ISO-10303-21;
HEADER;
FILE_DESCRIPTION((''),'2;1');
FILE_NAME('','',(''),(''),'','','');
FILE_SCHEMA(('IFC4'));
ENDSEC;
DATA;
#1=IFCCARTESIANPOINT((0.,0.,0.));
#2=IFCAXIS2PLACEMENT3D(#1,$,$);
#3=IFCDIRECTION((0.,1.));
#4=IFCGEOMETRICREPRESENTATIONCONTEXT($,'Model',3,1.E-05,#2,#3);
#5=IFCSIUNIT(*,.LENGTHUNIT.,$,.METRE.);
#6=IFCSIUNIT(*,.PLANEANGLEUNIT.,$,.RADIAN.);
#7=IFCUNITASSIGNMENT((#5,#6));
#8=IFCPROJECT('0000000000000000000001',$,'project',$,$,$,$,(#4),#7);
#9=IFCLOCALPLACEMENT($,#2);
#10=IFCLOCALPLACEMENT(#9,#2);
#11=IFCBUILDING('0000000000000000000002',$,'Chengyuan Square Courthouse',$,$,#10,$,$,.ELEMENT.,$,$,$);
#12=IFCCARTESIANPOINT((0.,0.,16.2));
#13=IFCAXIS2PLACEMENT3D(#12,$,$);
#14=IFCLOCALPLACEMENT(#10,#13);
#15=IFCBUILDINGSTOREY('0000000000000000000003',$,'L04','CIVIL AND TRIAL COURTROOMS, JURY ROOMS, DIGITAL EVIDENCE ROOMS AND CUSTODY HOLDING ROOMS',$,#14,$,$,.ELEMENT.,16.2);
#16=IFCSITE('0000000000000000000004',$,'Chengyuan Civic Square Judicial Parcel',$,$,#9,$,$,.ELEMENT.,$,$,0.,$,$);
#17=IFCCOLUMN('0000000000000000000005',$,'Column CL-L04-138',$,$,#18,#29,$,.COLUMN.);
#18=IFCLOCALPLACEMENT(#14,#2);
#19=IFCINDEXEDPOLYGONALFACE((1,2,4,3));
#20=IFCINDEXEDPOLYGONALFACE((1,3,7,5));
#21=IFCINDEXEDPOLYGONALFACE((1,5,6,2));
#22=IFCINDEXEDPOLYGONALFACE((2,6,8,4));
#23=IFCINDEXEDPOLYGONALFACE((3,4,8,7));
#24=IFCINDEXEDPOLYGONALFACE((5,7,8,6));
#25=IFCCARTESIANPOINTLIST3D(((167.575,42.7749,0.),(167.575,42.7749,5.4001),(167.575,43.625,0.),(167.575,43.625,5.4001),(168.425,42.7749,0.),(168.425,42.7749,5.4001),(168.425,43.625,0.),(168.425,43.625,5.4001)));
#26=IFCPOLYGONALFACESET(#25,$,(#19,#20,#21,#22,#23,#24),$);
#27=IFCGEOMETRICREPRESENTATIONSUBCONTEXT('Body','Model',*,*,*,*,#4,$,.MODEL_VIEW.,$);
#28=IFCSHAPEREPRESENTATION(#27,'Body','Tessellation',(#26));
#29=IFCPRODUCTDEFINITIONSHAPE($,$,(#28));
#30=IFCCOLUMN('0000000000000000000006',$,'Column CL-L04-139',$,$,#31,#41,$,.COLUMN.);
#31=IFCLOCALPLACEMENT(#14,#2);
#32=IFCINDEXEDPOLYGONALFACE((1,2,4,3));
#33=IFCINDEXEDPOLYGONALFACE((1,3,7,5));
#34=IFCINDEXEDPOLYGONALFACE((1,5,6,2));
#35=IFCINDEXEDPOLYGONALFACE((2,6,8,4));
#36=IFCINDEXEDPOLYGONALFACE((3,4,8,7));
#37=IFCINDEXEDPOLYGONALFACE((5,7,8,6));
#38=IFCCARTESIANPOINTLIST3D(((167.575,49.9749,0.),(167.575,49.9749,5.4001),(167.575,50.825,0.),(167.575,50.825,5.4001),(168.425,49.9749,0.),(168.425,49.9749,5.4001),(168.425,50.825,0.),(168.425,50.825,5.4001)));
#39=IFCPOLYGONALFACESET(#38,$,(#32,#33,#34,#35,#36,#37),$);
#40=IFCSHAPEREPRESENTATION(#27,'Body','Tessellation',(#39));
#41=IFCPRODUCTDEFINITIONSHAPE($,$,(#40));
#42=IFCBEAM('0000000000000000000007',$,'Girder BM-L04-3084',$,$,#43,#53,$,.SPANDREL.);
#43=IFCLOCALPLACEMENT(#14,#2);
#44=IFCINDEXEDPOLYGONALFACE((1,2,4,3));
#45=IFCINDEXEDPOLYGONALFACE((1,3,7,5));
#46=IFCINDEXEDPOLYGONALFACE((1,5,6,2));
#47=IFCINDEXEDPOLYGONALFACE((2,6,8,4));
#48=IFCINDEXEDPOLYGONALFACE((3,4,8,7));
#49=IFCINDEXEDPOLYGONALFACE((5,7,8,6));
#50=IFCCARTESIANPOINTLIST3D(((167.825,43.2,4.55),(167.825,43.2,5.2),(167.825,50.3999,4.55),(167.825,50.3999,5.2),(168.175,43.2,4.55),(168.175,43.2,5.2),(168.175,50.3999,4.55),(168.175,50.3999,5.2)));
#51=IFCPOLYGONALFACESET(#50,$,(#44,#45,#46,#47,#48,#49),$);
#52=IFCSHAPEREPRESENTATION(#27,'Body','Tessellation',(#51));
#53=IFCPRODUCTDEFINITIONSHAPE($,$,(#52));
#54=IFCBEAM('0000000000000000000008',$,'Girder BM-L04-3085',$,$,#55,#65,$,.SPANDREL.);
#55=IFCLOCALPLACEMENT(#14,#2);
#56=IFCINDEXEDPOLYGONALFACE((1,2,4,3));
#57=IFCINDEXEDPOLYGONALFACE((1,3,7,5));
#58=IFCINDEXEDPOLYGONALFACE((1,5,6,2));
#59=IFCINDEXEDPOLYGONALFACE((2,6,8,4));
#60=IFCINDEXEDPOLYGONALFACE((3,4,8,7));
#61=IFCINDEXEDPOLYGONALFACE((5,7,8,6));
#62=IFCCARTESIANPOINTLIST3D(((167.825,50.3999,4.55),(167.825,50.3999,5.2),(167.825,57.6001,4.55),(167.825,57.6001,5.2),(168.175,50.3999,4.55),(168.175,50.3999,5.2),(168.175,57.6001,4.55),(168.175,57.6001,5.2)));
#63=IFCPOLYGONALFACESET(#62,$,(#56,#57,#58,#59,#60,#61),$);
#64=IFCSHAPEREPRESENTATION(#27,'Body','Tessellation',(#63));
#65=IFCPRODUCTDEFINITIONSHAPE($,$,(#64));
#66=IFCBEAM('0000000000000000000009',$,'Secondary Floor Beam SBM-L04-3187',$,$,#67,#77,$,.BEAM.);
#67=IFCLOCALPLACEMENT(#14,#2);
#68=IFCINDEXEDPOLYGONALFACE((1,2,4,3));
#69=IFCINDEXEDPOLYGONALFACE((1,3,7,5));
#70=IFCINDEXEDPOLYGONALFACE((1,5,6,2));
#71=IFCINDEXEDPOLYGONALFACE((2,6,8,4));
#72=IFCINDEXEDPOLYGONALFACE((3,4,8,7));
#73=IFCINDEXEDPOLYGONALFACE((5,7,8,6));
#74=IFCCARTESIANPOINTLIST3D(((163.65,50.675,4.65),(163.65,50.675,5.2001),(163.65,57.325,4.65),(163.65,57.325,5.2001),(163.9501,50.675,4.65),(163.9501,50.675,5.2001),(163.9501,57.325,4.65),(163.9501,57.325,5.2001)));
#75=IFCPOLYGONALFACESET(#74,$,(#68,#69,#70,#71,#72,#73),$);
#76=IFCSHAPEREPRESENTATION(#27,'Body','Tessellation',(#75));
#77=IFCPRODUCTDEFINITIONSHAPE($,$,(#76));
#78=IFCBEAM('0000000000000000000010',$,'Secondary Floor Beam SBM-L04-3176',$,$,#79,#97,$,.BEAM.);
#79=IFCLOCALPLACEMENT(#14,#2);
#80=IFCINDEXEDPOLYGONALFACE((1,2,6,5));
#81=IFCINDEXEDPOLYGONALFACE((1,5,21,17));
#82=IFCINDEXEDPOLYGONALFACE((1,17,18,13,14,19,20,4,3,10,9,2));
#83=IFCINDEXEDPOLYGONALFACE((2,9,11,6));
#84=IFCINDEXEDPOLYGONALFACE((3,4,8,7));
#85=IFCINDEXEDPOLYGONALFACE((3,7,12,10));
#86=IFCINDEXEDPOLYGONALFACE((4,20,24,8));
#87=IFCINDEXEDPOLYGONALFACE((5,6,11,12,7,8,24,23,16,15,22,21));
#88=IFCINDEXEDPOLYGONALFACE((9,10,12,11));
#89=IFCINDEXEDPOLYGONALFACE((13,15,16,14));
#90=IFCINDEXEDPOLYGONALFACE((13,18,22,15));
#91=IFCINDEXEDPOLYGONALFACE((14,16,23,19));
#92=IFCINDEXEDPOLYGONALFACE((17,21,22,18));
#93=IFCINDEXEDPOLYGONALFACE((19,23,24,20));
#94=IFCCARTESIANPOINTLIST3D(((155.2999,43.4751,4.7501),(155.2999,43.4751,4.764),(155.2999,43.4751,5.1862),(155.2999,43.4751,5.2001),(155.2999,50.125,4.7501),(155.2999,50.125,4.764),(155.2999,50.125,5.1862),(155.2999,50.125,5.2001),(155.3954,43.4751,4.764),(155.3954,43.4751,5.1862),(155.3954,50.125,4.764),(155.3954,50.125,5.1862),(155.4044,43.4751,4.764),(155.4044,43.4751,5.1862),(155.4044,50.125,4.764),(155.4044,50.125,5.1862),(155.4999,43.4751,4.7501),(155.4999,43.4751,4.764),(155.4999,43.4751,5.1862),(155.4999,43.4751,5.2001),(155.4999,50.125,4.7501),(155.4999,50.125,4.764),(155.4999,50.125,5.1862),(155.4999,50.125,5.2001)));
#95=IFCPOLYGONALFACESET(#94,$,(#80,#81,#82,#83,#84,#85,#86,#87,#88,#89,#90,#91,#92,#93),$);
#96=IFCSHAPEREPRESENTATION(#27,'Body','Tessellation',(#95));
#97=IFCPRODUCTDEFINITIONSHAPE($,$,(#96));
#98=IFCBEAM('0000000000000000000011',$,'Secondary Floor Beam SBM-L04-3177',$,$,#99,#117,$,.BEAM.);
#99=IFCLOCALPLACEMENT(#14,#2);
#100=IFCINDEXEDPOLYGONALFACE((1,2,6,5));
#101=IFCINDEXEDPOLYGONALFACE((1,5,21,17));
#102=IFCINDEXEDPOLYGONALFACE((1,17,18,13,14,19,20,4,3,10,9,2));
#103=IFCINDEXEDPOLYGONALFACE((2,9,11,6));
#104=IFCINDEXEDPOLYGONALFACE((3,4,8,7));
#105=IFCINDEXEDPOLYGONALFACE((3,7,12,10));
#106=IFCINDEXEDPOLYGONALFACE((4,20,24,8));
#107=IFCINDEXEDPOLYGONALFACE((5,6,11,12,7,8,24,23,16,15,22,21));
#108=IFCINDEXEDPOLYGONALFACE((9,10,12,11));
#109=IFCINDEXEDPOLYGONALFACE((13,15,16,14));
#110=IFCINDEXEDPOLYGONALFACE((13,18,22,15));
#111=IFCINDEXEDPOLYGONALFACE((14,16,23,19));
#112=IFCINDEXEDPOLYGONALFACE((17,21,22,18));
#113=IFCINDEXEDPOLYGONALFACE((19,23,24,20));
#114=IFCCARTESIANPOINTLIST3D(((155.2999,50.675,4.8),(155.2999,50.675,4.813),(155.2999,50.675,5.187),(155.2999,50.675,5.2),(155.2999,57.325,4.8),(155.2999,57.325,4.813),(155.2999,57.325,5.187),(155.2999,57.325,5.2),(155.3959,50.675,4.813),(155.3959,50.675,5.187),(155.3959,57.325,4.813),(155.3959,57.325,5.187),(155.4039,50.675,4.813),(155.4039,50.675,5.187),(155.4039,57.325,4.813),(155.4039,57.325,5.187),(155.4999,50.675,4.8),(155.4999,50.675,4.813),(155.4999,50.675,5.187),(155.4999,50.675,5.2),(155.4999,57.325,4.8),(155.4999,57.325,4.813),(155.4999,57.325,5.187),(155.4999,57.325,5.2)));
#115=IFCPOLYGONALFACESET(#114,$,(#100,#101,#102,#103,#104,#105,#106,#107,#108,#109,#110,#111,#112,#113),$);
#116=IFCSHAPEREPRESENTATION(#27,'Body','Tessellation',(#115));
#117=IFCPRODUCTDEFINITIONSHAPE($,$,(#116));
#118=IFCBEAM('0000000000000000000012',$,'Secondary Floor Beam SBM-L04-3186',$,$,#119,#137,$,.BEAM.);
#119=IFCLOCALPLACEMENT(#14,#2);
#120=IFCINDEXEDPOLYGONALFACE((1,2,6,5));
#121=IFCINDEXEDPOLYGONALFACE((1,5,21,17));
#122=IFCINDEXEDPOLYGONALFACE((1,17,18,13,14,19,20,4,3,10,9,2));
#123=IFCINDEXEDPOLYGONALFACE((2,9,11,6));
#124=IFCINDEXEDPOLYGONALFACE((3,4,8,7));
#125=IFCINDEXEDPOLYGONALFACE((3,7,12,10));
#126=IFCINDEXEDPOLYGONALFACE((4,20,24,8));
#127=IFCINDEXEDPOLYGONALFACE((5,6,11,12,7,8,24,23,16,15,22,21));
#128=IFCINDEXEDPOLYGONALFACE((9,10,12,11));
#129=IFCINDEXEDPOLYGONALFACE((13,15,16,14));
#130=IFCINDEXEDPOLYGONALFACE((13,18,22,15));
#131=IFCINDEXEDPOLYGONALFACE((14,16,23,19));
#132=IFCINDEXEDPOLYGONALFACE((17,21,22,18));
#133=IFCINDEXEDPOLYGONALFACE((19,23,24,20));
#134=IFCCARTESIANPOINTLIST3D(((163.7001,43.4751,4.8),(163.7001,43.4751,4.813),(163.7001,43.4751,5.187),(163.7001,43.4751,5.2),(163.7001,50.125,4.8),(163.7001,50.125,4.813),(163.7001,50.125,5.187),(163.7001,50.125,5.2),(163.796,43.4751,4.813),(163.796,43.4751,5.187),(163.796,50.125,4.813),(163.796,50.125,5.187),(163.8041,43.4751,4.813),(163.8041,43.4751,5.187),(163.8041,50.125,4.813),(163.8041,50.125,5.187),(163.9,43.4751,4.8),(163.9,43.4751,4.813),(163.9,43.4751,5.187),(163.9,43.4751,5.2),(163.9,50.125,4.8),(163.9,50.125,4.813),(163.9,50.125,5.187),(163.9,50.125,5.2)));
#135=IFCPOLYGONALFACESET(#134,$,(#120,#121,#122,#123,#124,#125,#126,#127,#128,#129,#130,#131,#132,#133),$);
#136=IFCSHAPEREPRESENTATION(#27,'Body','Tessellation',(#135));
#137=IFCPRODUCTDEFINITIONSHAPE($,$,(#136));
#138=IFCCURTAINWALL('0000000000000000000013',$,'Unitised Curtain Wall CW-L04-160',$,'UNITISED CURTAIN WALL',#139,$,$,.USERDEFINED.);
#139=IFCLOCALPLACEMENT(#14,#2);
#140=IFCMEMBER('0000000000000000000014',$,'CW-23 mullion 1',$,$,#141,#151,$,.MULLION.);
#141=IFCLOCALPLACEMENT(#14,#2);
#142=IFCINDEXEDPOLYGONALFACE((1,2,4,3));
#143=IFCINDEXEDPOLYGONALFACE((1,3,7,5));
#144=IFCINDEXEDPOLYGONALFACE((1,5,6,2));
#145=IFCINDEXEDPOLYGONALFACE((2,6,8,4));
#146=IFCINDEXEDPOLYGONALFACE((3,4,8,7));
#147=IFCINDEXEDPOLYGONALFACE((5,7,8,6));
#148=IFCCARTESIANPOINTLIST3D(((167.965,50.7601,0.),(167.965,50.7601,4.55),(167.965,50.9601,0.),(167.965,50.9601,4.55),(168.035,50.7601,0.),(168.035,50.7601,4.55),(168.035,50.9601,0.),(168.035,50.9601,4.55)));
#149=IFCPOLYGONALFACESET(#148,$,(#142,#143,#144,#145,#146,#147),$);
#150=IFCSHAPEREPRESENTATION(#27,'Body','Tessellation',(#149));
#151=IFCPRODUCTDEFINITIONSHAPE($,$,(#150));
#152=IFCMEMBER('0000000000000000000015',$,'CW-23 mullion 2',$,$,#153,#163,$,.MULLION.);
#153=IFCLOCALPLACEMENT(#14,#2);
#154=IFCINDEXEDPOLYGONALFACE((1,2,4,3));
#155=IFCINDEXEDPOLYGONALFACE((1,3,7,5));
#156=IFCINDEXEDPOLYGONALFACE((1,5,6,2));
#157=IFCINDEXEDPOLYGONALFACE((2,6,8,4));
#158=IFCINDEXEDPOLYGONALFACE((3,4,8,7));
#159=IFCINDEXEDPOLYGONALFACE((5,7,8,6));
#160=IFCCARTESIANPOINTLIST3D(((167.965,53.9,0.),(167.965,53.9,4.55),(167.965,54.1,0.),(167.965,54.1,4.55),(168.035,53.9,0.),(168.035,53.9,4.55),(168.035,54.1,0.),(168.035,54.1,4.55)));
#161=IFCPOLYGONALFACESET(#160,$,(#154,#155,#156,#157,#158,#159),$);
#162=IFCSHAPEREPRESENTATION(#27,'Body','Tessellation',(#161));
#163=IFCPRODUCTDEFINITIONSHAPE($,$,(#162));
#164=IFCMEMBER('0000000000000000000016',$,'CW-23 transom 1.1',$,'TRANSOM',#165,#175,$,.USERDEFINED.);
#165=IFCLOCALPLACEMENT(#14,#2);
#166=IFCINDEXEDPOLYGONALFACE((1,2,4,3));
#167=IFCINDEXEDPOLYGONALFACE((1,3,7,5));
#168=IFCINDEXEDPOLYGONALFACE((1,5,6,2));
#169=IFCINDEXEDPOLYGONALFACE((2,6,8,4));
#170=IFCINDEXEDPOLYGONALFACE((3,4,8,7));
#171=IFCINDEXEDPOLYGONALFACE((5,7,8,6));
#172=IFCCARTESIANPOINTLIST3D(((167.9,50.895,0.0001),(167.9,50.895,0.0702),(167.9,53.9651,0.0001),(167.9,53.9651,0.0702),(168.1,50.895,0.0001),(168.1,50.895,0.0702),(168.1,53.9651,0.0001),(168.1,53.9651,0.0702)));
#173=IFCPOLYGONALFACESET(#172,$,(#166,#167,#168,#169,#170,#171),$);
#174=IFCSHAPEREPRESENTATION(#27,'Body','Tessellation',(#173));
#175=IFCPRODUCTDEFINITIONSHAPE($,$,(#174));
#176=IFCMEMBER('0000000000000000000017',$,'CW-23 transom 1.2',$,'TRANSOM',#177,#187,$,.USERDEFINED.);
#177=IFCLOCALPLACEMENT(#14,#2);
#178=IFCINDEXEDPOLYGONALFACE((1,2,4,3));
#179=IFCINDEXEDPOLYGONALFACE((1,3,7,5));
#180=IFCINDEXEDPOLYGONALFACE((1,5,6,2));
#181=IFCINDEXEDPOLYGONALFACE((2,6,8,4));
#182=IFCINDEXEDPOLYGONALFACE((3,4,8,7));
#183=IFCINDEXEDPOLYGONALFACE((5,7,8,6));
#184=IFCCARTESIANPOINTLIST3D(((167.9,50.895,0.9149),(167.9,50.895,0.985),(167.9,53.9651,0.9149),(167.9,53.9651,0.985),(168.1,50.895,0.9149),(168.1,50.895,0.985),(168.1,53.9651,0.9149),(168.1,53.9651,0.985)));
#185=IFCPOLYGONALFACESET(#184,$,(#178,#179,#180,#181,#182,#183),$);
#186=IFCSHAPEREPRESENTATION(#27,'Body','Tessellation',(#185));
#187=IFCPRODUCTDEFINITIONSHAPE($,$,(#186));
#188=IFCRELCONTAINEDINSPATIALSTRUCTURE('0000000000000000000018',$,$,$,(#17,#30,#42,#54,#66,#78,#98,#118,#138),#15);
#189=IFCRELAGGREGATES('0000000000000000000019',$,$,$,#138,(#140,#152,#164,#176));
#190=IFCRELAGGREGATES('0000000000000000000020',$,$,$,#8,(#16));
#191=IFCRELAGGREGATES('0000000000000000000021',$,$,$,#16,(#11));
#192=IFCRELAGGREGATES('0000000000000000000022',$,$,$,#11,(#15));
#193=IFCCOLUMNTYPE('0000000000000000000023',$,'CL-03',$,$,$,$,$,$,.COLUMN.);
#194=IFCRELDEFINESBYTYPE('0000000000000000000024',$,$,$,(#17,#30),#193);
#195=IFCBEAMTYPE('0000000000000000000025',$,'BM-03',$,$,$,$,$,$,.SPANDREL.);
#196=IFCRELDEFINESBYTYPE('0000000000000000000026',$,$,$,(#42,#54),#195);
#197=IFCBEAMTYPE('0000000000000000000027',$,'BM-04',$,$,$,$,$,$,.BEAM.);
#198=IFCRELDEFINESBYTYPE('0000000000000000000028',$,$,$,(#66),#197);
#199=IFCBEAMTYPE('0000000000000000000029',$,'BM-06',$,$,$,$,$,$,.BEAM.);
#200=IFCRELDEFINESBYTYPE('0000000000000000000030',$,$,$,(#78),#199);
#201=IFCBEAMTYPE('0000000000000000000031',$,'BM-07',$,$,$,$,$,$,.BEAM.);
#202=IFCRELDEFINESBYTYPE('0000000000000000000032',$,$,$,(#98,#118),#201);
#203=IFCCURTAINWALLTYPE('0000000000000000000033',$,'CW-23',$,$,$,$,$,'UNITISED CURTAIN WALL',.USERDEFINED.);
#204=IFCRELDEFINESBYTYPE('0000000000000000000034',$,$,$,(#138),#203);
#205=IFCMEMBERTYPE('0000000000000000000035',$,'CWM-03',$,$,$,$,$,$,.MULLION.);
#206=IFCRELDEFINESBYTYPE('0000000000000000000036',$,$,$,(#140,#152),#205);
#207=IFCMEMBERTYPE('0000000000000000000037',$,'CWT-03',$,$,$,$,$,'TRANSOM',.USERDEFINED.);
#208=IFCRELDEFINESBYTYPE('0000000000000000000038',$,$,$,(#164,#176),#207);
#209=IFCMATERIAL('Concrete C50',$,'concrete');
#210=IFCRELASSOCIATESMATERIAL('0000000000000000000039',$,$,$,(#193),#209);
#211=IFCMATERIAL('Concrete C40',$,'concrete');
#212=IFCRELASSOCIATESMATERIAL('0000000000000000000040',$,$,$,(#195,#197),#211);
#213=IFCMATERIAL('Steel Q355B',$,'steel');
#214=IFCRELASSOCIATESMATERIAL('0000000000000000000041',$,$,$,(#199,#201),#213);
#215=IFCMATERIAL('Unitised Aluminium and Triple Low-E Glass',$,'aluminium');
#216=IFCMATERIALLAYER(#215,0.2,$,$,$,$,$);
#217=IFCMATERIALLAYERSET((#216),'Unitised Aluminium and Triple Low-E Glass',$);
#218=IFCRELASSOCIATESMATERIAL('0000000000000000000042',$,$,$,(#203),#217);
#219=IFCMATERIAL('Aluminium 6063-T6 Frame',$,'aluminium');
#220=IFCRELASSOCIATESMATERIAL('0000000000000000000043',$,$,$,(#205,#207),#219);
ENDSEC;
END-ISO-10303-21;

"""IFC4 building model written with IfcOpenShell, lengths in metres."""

from ifc_helpers import new_model, si_unit, direction, frame, origin, origin_2d, place, context, subcontext, project, spatial, rectangle, i_section, extrude, material, layer, layer_set, material_profile, profile_set, type_object, element, aggregate, save


model = new_model("IFC4")

# Units and contexts
model_context = context("Model", 3, precision=1e-05, world=origin(), true_north=direction((0.0, 1.0)))
body_context = subcontext(model_context, "Body", "Model", "MODEL_VIEW")
ifc_project = project(units=[si_unit("LENGTHUNIT", "METRE"), si_unit("PLANEANGLEUNIT", "RADIAN")], contexts=[model_context])

# Site, building, storey
site_placement = place(None, origin())
site = spatial("IfcSite", under=ifc_project, at=site_placement, Name="Chengyuan Civic Square Judicial Parcel", CompositionType="ELEMENT", RefElevation=0.0)
building_placement = place(site_placement, origin())
building = spatial("IfcBuilding", under=site, at=building_placement, Name="Chengyuan Square Courthouse", CompositionType="ELEMENT")
storey_placement = place(building_placement, frame((0.0, 0.0, 16.2)))
storey = spatial("IfcBuildingStorey", under=building, at=storey_placement, Name="L04", Description="CIVIL AND TRIAL COURTROOMS, JURY ROOMS, DIGITAL EVIDENCE ROOMS AND CUSTODY HOLDING ROOMS", CompositionType="ELEMENT", Elevation=16.2)

# Columns
ifc_material_1 = material(Name="Concrete C50", Category="concrete")
ifc_material_profile_1 = material_profile(ifc_material_1, rectangle(XDim=0.8501, YDim=0.8501, at=origin_2d()), Name="RC-COL-850x850")
ifc_profile_set_1 = profile_set([ifc_material_profile_1], Name="Concrete C50")
column_type = type_object("IfcColumnType", Name="CL-03", PredefinedType="COLUMN", material=ifc_profile_set_1)
for number, where, z_axis, x_axis, name in (
    (1, (168.0, 43.2, 0.0), (0.0, 0.0, 1.0), (1.0, 0.0, 0.0), "Column CL-L04-138"),
    (2, (168.0, 50.3999, 0.0), (0.0, 0.0, 1.0), (1.0, 0.0, 0.0), "Column CL-L04-139"),
):
    element("IfcColumn", number, at=place(storey_placement, frame(where, z_axis=z_axis, x_axis=x_axis)), inside=storey, type_object=column_type, Name=name, PredefinedType="COLUMN", context=body_context, shape_type="SweptSolid", body=[
        extrude(rectangle(XDim=0.8501, YDim=0.8501, at=origin_2d()), origin(), (0.0, 0.0, 1.0), 5.4001),
    ])

# Beams
ifc_material_2 = material(Name="Concrete C40", Category="concrete")
ifc_material_profile_2 = material_profile(ifc_material_2, rectangle(XDim=0.3501, YDim=0.6499, at=origin_2d()), Name="RC-BM-350x650")
ifc_profile_set_2 = profile_set([ifc_material_profile_2], Name="Concrete C40")
beam_type_1 = type_object("IfcBeamType", Name="BM-03", PredefinedType="SPANDREL", material=ifc_profile_set_2)
beam_1_placement = place(storey_placement, frame((168.0, 43.2, 4.875), z_axis=(0.0, 1.0, 0.0), x_axis=(-1.0, 0.0, 0.0)))
element("IfcBeam", 3, at=beam_1_placement, inside=storey, type_object=beam_type_1, Name="Girder BM-L04-3084", PredefinedType="SPANDREL", context=body_context, shape_type="SweptSolid", body=[
    extrude(rectangle(XDim=0.3501, YDim=0.6499, at=origin_2d()), origin(), (0.0, 0.0, 1.0), 7.2),
])
beam_2_placement = place(storey_placement, frame((168.0, 50.3999, 4.875), z_axis=(0.0, 1.0, 0.0), x_axis=(-1.0, 0.0, 0.0)))
element("IfcBeam", 4, at=beam_2_placement, inside=storey, type_object=beam_type_1, Name="Girder BM-L04-3085", PredefinedType="SPANDREL", context=body_context, shape_type="SweptSolid", body=[
    extrude(rectangle(XDim=0.3501, YDim=0.6499, at=origin_2d()), origin(), (0.0, 0.0, 1.0), 7.2002),
])
ifc_material_profile_3 = material_profile(ifc_material_2, rectangle(XDim=0.3, YDim=0.55, at=origin_2d()), Name="RC-BM-300x550")
ifc_profile_set_3 = profile_set([ifc_material_profile_3], Name="Concrete C40")
beam_type_2 = type_object("IfcBeamType", Name="BM-04", PredefinedType="BEAM", material=ifc_profile_set_3)
beam_3_placement = place(storey_placement, frame((163.8, 50.675, 4.925), z_axis=(0.0, 1.0, 0.0), x_axis=(-1.0, 0.0, 0.0)))
element("IfcBeam", 5, at=beam_3_placement, inside=storey, type_object=beam_type_2, Name="Secondary Floor Beam SBM-L04-3187", PredefinedType="BEAM", context=body_context, shape_type="SweptSolid", body=[
    extrude(rectangle(XDim=0.3, YDim=0.55, at=origin_2d()), origin(), (0.0, 0.0, 1.0), 6.6499),
])
ifc_material_3 = material(Name="Steel Q355B", Category="steel")
ifc_material_profile_4 = material_profile(ifc_material_3, i_section(OverallWidth=0.2, OverallDepth=0.45, WebThickness=0.009, FlangeThickness=0.0139, at=origin_2d()), Name="HN 450x200x9x14")
ifc_profile_set_4 = profile_set([ifc_material_profile_4], Name="Steel Q355B")
beam_type_3 = type_object("IfcBeamType", Name="BM-06", PredefinedType="BEAM", material=ifc_profile_set_4)
beam_4_placement = place(storey_placement, frame((155.3999, 43.4751, 4.9751), z_axis=(0.0, 1.0, 0.0), x_axis=(-1.0, 0.0, 0.0)))
element("IfcBeam", 6, at=beam_4_placement, inside=storey, type_object=beam_type_3, Name="Secondary Floor Beam SBM-L04-3176", PredefinedType="BEAM", context=body_context, shape_type="SweptSolid", body=[
    extrude(i_section(OverallWidth=0.2, OverallDepth=0.45, WebThickness=0.009, FlangeThickness=0.0139, at=origin_2d()), origin(), (0.0, 0.0, 1.0), 6.6499),
])
ifc_material_profile_5 = material_profile(ifc_material_3, i_section(OverallWidth=0.2, OverallDepth=0.3999, WebThickness=0.0081, FlangeThickness=0.0129, at=origin_2d()), Name="HN 400x200x8x13")
ifc_profile_set_5 = profile_set([ifc_material_profile_5], Name="Steel Q355B")
beam_type_4 = type_object("IfcBeamType", Name="BM-07", PredefinedType="BEAM", material=ifc_profile_set_5)
for number, where, z_axis, x_axis, name in (
    (7, (155.3999, 50.675, 5.0), (0.0, 1.0, 0.0), (-1.0, 0.0, 0.0), "Secondary Floor Beam SBM-L04-3177"),
    (8, (163.8, 43.4751, 5.0), (0.0, 1.0, 0.0), (-1.0, 0.0, 0.0), "Secondary Floor Beam SBM-L04-3186"),
):
    element("IfcBeam", number, at=place(storey_placement, frame(where, z_axis=z_axis, x_axis=x_axis)), inside=storey, type_object=beam_type_4, Name=name, PredefinedType="BEAM", context=body_context, shape_type="SweptSolid", body=[
        extrude(i_section(OverallWidth=0.2, OverallDepth=0.3999, WebThickness=0.0081, FlangeThickness=0.0129, at=origin_2d()), origin(), (0.0, 0.0, 1.0), 6.6499),
    ])

# Curtain wall, members
ifc_material_4 = material(Name="Unitised Aluminium and Triple Low-E Glass", Category="aluminium")
ifc_layer_1 = layer(ifc_material_4, 0.2)
ifc_layer_set_1 = layer_set([ifc_layer_1], Name="Unitised Aluminium and Triple Low-E Glass")
curtain_wall_type = type_object("IfcCurtainWallType", Name="CW-23", ElementType="UNITISED CURTAIN WALL", PredefinedType="USERDEFINED", material=ifc_layer_set_1)
curtain_wall_placement = place(storey_placement, origin())
curtain_wall = element("IfcCurtainWall", 9, at=curtain_wall_placement, inside=storey, type_object=curtain_wall_type, Name="Unitised Curtain Wall CW-L04-160", ObjectType="UNITISED CURTAIN WALL", PredefinedType="USERDEFINED")
ifc_material_5 = material(Name="Aluminium 6063-T6 Frame", Category="aluminium")
ifc_material_profile_6 = material_profile(ifc_material_5, rectangle(XDim=0.0701, YDim=0.2, at=origin_2d()), Name="CW-MUL-70x200")
ifc_profile_set_6 = profile_set([ifc_material_profile_6], Name="Aluminium 6063-T6 Frame")
member_type_1 = type_object("IfcMemberType", Name="CWM-03", PredefinedType="MULLION", material=ifc_profile_set_6)
member_1_placement = place(storey_placement, frame((168.0, 50.8601, 0.0), z_axis=(0.0, 0.0, 1.0), x_axis=(-1.0, 0.0, 0.0)))
member_1 = element("IfcMember", 10, at=member_1_placement, type_object=member_type_1, Name="CW-23 mullion 1", PredefinedType="MULLION", context=body_context, shape_type="SweptSolid", body=[
    extrude(rectangle(XDim=0.0701, YDim=0.2, at=origin_2d()), origin(), (0.0, 0.0, 1.0), 4.55),
])
member_2_placement = place(storey_placement, frame((168.0, 54.0, 0.0), z_axis=(0.0, 0.0, 1.0), x_axis=(-1.0, 0.0, 0.0)))
member_2 = element("IfcMember", 11, at=member_2_placement, type_object=member_type_1, Name="CW-23 mullion 2", PredefinedType="MULLION", context=body_context, shape_type="SweptSolid", body=[
    extrude(rectangle(XDim=0.0701, YDim=0.2, at=origin_2d()), origin(), (0.0, 0.0, 1.0), 4.55),
])
ifc_material_profile_7 = material_profile(ifc_material_5, rectangle(XDim=0.2, YDim=0.0701, at=origin_2d()), Name="CW-TRN-70x160")
ifc_profile_set_7 = profile_set([ifc_material_profile_7], Name="Aluminium 6063-T6 Frame")
member_type_2 = type_object("IfcMemberType", Name="CWT-03", ElementType="TRANSOM", PredefinedType="USERDEFINED", material=ifc_profile_set_7)
member_3_placement = place(storey_placement, frame((168.0, 50.895, 0.0352), z_axis=(0.0, 1.0, 0.0), x_axis=(-1.0, 0.0, 0.0)))
member_3 = element("IfcMember", 12, at=member_3_placement, type_object=member_type_2, Name="CW-23 transom 1.1", ObjectType="TRANSOM", PredefinedType="USERDEFINED", context=body_context, shape_type="SweptSolid", body=[
    extrude(rectangle(XDim=0.2, YDim=0.0701, at=origin_2d()), origin(), (0.0, 0.0, 1.0), 3.0701),
])
member_4_placement = place(storey_placement, frame((168.0, 50.895, 0.95), z_axis=(0.0, 1.0, 0.0), x_axis=(-1.0, 0.0, 0.0)))
member_4 = element("IfcMember", 13, at=member_4_placement, type_object=member_type_2, Name="CW-23 transom 1.2", ObjectType="TRANSOM", PredefinedType="USERDEFINED", context=body_context, shape_type="SweptSolid", body=[
    extrude(rectangle(XDim=0.2, YDim=0.0701, at=origin_2d()), origin(), (0.0, 0.0, 1.0), 3.0701),
])
aggregate(curtain_wall, [member_1, member_2, member_3, member_4])

save(model, "model.ifc")
